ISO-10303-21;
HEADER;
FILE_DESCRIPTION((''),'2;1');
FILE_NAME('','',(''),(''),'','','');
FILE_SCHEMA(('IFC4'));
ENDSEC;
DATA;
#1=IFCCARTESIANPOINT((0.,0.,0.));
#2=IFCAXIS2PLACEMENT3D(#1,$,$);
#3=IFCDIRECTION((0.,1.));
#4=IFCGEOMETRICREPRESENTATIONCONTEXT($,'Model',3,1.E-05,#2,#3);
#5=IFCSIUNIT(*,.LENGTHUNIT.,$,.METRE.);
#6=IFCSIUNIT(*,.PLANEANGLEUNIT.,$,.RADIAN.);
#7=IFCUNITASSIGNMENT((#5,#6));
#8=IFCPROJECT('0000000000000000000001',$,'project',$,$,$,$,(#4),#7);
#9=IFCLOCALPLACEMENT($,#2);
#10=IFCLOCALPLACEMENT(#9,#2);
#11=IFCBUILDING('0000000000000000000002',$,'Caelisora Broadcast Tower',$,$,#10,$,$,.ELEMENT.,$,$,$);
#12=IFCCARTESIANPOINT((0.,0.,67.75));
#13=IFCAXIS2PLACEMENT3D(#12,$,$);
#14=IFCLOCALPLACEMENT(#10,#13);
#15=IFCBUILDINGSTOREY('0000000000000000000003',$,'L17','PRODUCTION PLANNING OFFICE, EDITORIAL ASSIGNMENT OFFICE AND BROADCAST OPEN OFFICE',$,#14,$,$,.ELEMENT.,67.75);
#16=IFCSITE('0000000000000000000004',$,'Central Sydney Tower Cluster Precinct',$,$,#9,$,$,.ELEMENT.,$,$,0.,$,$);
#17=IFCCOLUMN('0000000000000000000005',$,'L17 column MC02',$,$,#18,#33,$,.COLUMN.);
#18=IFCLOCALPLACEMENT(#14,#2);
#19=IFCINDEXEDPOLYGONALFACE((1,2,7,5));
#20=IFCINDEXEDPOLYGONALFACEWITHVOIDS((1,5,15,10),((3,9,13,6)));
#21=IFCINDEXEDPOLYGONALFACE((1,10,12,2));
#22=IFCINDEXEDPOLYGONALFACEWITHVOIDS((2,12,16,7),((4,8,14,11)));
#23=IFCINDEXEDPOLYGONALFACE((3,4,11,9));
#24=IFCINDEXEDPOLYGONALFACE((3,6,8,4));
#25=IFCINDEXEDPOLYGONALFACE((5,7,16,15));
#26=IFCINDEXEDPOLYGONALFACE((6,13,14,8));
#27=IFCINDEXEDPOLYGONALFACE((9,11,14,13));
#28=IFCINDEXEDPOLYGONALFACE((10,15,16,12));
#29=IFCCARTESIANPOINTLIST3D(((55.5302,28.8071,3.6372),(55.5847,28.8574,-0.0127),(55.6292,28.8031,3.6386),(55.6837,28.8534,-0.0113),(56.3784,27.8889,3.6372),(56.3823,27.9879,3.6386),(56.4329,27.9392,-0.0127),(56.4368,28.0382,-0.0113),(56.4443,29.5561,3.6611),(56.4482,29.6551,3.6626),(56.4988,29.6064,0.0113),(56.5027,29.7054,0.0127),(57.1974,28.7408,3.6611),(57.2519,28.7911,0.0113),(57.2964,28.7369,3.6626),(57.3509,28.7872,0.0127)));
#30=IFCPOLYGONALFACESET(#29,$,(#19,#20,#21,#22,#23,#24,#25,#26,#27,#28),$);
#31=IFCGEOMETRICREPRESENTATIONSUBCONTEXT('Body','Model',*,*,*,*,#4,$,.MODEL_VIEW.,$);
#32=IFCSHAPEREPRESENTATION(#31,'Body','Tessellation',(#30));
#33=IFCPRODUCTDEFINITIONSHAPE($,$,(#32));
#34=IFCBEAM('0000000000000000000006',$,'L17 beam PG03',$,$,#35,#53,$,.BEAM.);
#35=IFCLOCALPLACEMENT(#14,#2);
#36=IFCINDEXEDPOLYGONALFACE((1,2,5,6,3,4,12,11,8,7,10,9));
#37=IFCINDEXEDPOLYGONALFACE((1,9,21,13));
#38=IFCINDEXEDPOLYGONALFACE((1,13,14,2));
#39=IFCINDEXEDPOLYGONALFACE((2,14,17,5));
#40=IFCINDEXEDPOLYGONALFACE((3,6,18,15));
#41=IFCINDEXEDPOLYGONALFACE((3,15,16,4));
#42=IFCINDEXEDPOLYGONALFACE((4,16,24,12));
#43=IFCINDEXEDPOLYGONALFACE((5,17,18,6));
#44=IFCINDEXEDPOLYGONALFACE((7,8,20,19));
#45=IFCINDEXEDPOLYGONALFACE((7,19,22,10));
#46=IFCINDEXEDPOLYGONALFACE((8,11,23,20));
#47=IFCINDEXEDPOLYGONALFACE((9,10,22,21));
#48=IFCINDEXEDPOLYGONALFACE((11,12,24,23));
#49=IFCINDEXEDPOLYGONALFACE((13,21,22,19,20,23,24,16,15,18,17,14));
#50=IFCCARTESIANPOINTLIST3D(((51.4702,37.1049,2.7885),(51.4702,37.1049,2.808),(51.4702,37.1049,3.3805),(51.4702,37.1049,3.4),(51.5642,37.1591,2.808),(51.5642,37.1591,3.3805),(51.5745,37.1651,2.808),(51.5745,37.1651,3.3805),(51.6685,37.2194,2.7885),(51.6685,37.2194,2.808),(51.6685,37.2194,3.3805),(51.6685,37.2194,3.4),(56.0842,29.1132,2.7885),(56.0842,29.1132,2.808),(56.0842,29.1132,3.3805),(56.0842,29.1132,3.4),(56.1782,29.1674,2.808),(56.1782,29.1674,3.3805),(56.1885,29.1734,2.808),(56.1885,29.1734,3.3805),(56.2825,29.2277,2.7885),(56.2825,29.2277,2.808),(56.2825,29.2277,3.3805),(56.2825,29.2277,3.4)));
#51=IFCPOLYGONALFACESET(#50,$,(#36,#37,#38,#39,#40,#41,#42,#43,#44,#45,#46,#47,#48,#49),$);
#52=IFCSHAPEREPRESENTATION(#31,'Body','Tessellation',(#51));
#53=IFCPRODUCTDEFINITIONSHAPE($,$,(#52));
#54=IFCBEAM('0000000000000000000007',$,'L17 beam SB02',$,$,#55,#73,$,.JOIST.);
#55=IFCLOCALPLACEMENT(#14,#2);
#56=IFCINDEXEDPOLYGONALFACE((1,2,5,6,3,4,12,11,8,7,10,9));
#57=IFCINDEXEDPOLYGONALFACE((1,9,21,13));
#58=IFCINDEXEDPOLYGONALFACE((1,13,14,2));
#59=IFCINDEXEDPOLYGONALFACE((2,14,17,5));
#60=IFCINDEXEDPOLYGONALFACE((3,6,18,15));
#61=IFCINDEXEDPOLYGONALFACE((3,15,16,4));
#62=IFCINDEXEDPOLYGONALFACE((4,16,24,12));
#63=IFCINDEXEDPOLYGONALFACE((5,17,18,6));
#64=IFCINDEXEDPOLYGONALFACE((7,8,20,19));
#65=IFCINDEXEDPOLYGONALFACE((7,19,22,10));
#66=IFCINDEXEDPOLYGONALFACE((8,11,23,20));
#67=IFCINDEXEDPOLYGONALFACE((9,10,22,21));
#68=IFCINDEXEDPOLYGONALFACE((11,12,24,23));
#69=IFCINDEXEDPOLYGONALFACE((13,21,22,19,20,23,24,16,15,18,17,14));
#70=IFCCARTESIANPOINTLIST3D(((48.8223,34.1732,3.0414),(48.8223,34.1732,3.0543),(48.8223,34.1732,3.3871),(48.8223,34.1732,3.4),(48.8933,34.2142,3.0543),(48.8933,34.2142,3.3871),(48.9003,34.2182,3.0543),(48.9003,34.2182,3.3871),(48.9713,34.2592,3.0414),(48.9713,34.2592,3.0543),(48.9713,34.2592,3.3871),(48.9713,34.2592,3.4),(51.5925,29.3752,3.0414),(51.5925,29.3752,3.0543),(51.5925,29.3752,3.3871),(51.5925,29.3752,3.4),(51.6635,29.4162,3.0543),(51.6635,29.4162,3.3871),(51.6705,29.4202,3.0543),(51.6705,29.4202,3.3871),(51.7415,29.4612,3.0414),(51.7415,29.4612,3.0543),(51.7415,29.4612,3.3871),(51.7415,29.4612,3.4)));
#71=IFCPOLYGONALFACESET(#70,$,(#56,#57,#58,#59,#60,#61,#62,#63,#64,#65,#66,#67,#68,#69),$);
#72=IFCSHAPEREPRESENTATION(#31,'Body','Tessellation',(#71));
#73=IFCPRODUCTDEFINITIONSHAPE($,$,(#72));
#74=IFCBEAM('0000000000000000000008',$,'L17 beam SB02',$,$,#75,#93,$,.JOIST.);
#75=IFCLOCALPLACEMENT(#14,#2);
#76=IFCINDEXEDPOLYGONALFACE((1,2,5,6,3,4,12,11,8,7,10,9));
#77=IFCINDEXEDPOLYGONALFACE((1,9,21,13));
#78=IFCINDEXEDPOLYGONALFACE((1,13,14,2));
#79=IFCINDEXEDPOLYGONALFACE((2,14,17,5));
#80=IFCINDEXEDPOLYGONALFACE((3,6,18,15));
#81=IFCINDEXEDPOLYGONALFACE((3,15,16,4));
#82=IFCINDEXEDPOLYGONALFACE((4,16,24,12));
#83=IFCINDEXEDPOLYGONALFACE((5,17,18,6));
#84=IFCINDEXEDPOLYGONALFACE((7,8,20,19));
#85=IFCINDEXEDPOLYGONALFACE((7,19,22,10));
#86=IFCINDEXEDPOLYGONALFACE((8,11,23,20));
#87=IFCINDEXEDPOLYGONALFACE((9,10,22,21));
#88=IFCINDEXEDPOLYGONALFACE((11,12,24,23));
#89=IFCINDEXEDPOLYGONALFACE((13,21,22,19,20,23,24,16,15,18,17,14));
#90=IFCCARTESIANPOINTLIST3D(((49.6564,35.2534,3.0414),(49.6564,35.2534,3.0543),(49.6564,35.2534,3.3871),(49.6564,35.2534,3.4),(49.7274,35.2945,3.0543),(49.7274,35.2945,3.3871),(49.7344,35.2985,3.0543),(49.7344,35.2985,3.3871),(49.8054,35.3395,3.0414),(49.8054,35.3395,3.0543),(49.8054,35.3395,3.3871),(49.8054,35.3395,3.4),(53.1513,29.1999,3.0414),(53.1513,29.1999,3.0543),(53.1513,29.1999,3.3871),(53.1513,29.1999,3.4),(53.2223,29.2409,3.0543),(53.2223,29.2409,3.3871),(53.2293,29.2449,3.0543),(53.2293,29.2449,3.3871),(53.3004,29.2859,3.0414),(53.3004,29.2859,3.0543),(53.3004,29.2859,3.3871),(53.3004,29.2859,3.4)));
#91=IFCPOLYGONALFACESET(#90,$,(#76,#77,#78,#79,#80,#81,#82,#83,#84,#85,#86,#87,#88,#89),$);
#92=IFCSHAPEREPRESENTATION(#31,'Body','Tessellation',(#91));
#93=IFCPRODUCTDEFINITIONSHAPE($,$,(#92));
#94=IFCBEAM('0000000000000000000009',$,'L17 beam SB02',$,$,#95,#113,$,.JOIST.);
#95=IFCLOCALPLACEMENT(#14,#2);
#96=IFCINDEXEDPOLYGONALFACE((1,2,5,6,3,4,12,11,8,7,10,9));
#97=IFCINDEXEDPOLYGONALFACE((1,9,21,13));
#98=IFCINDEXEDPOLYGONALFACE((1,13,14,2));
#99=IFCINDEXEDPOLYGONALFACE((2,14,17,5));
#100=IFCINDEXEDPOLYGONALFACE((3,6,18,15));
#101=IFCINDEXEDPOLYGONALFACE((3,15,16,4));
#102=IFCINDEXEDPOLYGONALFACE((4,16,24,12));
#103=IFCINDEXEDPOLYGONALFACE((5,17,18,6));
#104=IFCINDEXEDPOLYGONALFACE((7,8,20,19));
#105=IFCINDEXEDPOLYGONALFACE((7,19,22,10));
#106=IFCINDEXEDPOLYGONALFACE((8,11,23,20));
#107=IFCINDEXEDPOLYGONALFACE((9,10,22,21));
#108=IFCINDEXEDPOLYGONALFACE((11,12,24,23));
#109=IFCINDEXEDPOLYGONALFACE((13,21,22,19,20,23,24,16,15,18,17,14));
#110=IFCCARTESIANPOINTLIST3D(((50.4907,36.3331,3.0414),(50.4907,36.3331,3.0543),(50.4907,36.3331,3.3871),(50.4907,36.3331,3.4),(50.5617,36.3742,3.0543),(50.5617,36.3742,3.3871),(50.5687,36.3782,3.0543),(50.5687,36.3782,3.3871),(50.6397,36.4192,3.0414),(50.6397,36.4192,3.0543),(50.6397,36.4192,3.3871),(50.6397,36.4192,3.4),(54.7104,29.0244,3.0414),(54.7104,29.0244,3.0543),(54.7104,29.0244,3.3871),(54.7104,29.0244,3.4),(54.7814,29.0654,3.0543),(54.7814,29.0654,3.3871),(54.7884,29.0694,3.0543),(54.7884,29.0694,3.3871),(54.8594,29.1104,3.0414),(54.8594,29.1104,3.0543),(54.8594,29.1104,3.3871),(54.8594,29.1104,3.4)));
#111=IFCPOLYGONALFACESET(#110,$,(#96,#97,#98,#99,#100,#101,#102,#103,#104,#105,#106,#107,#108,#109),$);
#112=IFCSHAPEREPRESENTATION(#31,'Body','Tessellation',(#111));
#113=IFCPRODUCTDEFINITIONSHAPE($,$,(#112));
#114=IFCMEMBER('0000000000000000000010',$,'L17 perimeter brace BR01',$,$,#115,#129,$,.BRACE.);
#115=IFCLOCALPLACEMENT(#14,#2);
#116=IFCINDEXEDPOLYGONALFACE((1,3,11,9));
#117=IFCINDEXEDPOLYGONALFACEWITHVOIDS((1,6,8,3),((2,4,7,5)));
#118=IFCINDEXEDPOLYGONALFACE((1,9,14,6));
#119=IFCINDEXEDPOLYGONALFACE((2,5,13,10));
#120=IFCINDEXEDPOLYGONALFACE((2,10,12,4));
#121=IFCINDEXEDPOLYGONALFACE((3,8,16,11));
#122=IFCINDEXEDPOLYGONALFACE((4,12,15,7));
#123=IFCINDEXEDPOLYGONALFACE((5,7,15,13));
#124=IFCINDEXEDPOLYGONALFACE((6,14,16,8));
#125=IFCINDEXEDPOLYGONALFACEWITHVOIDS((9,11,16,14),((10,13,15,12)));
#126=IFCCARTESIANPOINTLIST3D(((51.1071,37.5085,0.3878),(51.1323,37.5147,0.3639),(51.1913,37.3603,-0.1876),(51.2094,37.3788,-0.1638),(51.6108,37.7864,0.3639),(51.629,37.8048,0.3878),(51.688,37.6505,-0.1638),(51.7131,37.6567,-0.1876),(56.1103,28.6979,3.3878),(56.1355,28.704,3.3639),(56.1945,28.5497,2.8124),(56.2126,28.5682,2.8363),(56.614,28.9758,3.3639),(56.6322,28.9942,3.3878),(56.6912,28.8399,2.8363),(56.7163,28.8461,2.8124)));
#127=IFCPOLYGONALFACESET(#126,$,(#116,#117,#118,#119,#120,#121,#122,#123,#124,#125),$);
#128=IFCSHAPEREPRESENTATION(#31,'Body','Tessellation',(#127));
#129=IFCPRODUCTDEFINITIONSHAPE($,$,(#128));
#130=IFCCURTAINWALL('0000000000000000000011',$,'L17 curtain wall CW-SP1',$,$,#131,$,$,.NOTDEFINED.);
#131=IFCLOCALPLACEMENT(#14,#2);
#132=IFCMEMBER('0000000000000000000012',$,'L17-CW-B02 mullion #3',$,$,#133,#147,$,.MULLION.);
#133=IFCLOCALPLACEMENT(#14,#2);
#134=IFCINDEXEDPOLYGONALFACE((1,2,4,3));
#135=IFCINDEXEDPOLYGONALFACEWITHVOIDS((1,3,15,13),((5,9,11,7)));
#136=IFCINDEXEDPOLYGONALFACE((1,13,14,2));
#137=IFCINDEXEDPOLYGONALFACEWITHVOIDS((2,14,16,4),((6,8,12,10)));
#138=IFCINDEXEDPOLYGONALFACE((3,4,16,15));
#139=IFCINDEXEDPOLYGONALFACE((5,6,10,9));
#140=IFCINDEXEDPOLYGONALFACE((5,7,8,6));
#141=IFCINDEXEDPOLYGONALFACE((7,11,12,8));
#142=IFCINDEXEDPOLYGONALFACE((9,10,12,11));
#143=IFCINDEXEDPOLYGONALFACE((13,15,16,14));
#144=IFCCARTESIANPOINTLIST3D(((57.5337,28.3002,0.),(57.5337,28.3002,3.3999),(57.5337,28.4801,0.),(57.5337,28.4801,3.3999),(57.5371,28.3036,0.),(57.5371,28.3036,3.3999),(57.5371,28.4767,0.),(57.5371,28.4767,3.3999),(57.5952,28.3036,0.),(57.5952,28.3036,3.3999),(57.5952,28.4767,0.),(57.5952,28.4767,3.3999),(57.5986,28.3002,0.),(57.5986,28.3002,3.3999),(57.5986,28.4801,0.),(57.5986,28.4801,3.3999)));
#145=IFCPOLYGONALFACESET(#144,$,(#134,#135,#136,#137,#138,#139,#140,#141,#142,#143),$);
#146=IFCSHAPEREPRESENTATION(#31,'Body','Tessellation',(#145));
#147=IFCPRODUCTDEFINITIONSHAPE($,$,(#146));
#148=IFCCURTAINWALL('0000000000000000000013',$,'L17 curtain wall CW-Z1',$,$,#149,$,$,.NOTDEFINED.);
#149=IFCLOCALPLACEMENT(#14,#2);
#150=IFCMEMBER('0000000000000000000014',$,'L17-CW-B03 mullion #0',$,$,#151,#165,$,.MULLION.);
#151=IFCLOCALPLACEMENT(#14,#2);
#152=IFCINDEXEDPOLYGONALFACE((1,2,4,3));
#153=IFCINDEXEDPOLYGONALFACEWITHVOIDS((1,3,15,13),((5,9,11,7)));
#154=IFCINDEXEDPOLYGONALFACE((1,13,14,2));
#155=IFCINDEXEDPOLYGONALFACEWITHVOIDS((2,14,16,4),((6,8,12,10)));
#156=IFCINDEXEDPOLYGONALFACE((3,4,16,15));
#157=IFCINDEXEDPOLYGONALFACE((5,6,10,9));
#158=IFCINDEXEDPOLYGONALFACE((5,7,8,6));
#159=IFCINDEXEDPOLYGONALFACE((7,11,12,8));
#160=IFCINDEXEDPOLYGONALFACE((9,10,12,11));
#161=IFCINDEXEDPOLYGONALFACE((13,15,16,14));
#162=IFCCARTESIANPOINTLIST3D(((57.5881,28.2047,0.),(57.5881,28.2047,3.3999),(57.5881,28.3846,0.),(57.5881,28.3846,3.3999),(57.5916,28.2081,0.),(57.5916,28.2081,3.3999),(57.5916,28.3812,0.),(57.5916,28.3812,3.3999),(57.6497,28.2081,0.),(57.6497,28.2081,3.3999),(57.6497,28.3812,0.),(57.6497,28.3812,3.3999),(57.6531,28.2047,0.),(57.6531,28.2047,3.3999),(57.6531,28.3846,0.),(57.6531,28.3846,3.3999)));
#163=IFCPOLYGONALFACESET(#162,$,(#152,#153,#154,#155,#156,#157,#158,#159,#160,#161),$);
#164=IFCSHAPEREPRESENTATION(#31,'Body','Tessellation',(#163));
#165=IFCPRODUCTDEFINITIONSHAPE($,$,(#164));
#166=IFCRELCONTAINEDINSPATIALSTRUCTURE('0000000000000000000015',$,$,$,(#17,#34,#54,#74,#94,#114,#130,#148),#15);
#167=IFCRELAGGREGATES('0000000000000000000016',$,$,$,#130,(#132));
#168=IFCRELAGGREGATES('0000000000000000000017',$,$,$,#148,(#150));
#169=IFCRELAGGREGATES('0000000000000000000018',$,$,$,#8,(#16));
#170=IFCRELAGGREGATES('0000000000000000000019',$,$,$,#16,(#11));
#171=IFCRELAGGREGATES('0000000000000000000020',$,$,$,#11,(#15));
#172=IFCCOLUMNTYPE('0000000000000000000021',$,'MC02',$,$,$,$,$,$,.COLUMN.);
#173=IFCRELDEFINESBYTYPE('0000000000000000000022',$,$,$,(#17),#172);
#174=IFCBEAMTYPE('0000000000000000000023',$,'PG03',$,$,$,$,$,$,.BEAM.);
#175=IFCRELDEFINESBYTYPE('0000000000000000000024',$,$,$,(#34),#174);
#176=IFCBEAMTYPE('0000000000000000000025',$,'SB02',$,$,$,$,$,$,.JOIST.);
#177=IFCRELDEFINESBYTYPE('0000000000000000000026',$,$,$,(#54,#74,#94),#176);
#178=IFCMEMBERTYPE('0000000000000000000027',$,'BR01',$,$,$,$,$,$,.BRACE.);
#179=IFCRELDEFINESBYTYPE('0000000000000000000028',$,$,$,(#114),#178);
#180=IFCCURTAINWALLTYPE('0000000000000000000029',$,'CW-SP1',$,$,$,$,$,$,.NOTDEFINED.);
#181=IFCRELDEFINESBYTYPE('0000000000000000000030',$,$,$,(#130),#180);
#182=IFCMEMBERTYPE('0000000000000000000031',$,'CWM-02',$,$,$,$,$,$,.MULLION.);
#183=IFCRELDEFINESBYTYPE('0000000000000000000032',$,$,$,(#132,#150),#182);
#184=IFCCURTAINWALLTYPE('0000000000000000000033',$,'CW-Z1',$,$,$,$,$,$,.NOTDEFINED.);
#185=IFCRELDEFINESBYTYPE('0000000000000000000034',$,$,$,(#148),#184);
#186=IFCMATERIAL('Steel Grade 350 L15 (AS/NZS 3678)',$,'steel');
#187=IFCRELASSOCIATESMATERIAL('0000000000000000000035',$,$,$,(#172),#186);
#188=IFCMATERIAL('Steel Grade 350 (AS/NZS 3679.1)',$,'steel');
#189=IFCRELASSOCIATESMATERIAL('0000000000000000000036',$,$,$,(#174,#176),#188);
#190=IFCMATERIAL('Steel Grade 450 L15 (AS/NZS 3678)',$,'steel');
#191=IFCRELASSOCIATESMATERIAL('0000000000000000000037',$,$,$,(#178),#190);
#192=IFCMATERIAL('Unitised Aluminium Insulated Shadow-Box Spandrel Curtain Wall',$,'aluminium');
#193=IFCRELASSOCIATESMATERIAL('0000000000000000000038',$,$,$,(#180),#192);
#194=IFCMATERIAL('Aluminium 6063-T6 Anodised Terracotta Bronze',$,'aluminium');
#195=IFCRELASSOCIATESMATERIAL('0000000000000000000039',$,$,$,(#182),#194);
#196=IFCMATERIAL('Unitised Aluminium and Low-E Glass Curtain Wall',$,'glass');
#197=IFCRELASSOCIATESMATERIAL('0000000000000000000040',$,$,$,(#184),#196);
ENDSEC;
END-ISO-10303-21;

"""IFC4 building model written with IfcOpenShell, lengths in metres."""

from ifc_helpers import new_model, si_unit, direction, frame, origin, origin_2d, place, context, subcontext, project, spatial, hollow_rectangle, i_section, extrude, source, transform, mapped, material, material_profile, profile_set, type_object, type_shapes, element, aggregate, save


model = new_model("IFC4")

# Units and contexts
model_context = context("Model", 3, precision=1e-05, world=origin(), true_north=direction((0.0, 1.0)))
body_context = subcontext(model_context, "Body", "Model", "MODEL_VIEW")
ifc_project = project(units=[si_unit("LENGTHUNIT", "METRE"), si_unit("PLANEANGLEUNIT", "RADIAN")], contexts=[model_context])

# Site, building, storey
site_placement = place(None, origin())
site = spatial("IfcSite", under=ifc_project, at=site_placement, Name="Central Sydney Tower Cluster Precinct", CompositionType="ELEMENT", RefElevation=0.0)
building_placement = place(site_placement, origin())
building = spatial("IfcBuilding", under=site, at=building_placement, Name="Caelisora Broadcast Tower", CompositionType="ELEMENT")
storey_placement = place(building_placement, frame((0.0, 0.0, 67.75)))
storey = spatial("IfcBuildingStorey", under=building, at=storey_placement, Name="L17", Description="PRODUCTION PLANNING OFFICE, EDITORIAL ASSIGNMENT OFFICE AND BROADCAST OPEN OFFICE", CompositionType="ELEMENT", Elevation=67.75)

# Column
ifc_material_1 = material(Name="Steel Grade 350 L15 (AS/NZS 3678)", Category="steel")
ifc_material_profile_1 = material_profile(ifc_material_1, hollow_rectangle(XDim=1.25, YDim=1.25, WallThickness=0.0701, at=origin_2d()), Name="Steel Grade 350 L15 (AS/NZS 3678)")
ifc_profile_set_1 = profile_set([ifc_material_profile_1], Name="Steel Grade 350 L15 (AS/NZS 3678)")
column_type = type_object("IfcColumnType", Name="MC02", PredefinedType="COLUMN", material=ifc_profile_set_1)
shared_shape_1 = source(origin(), body_context, "Body", "SweptSolid", [
    extrude(hollow_rectangle(XDim=1.25, YDim=1.25, WallThickness=0.0701, at=origin_2d()), origin(), (0.0, 0.0, 1.0), 3.6506),
])
type_shapes(column_type, [shared_shape_1])
column_placement = place(storey_placement, frame((56.4678, 28.8223, 0.0), z_axis=(-0.014913, -0.013776, 0.999794), x_axis=(0.678554, -0.734551, 0.0)))
element("IfcColumn", 1, at=column_placement, inside=storey, type_object=column_type, Name="L17 column MC02", PredefinedType="COLUMN", context=body_context, shape_type="MappedRepresentation", body=[
    mapped(shared_shape_1, transform((0.0, 0.0, 0.0), scale=1.0)),
])

# Beams
ifc_material_2 = material(Name="Steel Grade 350 (AS/NZS 3679.1)", Category="steel")
ifc_material_profile_2 = material_profile(ifc_material_2, i_section(OverallWidth=0.229, OverallDepth=0.6116, WebThickness=0.012, FlangeThickness=0.0195, at=origin_2d()), Name="Steel Grade 350 (AS/NZS 3679.1)")
ifc_profile_set_2 = profile_set([ifc_material_profile_2], Name="Steel Grade 350 (AS/NZS 3679.1)")
beam_type_1 = type_object("IfcBeamType", Name="PG03", PredefinedType="BEAM", material=ifc_profile_set_2)
shared_shape_2 = source(origin(), body_context, "Body", "SweptSolid", [
    extrude(i_section(OverallWidth=0.229, OverallDepth=0.6116, WebThickness=0.012, FlangeThickness=0.0195, at=origin_2d()), origin(), (0.0, 0.0, 1.0), 9.228),
])
type_shapes(beam_type_1, [shared_shape_2])
beam_1_placement = place(storey_placement, frame((56.1833, 29.1704, 3.0942), z_axis=(-0.5, 0.866025, 0.0), x_axis=(-0.866025, -0.5, 0.0)))
element("IfcBeam", 2, at=beam_1_placement, inside=storey, type_object=beam_type_1, Name="L17 beam PG03", PredefinedType="BEAM", context=body_context, shape_type="MappedRepresentation", body=[
    mapped(shared_shape_2, transform((0.0, 0.0, 0.0), scale=1.0)),
])
ifc_material_profile_3 = material_profile(ifc_material_2, i_section(OverallWidth=0.1721, OverallDepth=0.3586, WebThickness=0.0081, FlangeThickness=0.0129, at=origin_2d()), Name="Steel Grade 350 (AS/NZS 3679.1)")
ifc_profile_set_3 = profile_set([ifc_material_profile_3], Name="Steel Grade 350 (AS/NZS 3679.1)")
beam_type_2 = type_object("IfcBeamType", Name="SB02", PredefinedType="JOIST", material=ifc_profile_set_3)
shared_shape_3 = source(origin(), body_context, "Body", "SweptSolid", [
    extrude(i_section(OverallWidth=0.1721, OverallDepth=0.3586, WebThickness=0.0081, FlangeThickness=0.0129, at=origin_2d()), origin(), (0.0, 0.0, 1.0), 5.5403),
])
beam_2_placement = place(storey_placement, frame((51.667, 29.4182, 3.2207), z_axis=(-0.500011, 0.866019, 0.0), x_axis=(-0.866019, -0.500011, 0.0)))
element("IfcBeam", 3, at=beam_2_placement, inside=storey, type_object=beam_type_2, Name="L17 beam SB02", PredefinedType="JOIST", context=body_context, shape_type="MappedRepresentation", body=[
    mapped(shared_shape_3, transform((0.0, 0.0, 0.0), scale=1.0)),
])
shared_shape_4 = source(origin(), body_context, "Body", "SweptSolid", [
    extrude(i_section(OverallWidth=0.1721, OverallDepth=0.3586, WebThickness=0.0081, FlangeThickness=0.0129, at=origin_2d()), origin(), (0.0, 0.0, 1.0), 6.99),
])
beam_3_placement = place(storey_placement, frame((53.2258, 29.2429, 3.2207), z_axis=(-0.49999, 0.866031, 0.0), x_axis=(-0.866031, -0.49999, 0.0)))
element("IfcBeam", 4, at=beam_3_placement, inside=storey, type_object=beam_type_2, Name="L17 beam SB02", PredefinedType="JOIST", context=body_context, shape_type="MappedRepresentation", body=[
    mapped(shared_shape_4, transform((0.0, 0.0, 0.0), scale=1.0)),
])
shared_shape_5 = source(origin(), body_context, "Body", "SweptSolid", [
    extrude(i_section(OverallWidth=0.1721, OverallDepth=0.3586, WebThickness=0.0081, FlangeThickness=0.0129, at=origin_2d()), origin(), (0.0, 0.0, 1.0), 8.4395),
])
type_shapes(beam_type_2, [shared_shape_3, shared_shape_4, shared_shape_5])
beam_4_placement = place(storey_placement, frame((54.7849, 29.0674, 3.2207), z_axis=(-0.499997, 0.866027, 0.0), x_axis=(-0.866027, -0.499997, 0.0)))
element("IfcBeam", 5, at=beam_4_placement, inside=storey, type_object=beam_type_2, Name="L17 beam SB02", PredefinedType="JOIST", context=body_context, shape_type="MappedRepresentation", body=[
    mapped(shared_shape_5, transform((0.0, 0.0, 0.0), scale=1.0)),
])

# Member
ifc_material_3 = material(Name="Steel Grade 450 L15 (AS/NZS 3678)", Category="steel")
ifc_material_profile_4 = material_profile(ifc_material_3, hollow_rectangle(XDim=0.6001, YDim=0.6001, WallThickness=0.0249, at=origin_2d()), Name="Steel Grade 450 L15 (AS/NZS 3678)")
ifc_profile_set_4 = profile_set([ifc_material_profile_4], Name="Steel Grade 450 L15 (AS/NZS 3678)")
member_type_1 = type_object("IfcMemberType", Name="BR01", PredefinedType="BRACE", material=ifc_profile_set_4)
shared_shape_6 = source(origin(), body_context, "Body", "SweptSolid", [
    extrude(hollow_rectangle(XDim=0.6001, YDim=0.6001, WallThickness=0.0249, at=origin_2d()), origin(), (0.0, 0.0, 1.0), 10.5669),
])
type_shapes(member_type_1, [shared_shape_6])
member_1_placement = place(storey_placement, frame((56.4133, 28.772, 3.1001), z_axis=(-0.47348, 0.833794, -0.283908), x_axis=(-0.869576, -0.493799, 0.0)))
element("IfcMember", 6, at=member_1_placement, inside=storey, type_object=member_type_1, Name="L17 perimeter brace BR01", PredefinedType="BRACE", context=body_context, shape_type="MappedRepresentation", body=[
    mapped(shared_shape_6, transform((0.0, 0.0, 0.0), scale=1.0)),
])

# Curtain wall, member
ifc_material_4 = material(Name="Unitised Aluminium Insulated Shadow-Box Spandrel Curtain Wall", Category="aluminium")
curtain_wall_type_1 = type_object("IfcCurtainWallType", Name="CW-SP1", PredefinedType="NOTDEFINED", material=ifc_material_4)
curtain_wall_1_placement = place(storey_placement, origin())
curtain_wall_1 = element("IfcCurtainWall", 7, at=curtain_wall_1_placement, inside=storey, type_object=curtain_wall_type_1, Name="L17 curtain wall CW-SP1", PredefinedType="NOTDEFINED")
ifc_material_5 = material(Name="Aluminium 6063-T6 Anodised Terracotta Bronze", Category="aluminium")
ifc_material_profile_5 = material_profile(ifc_material_5, hollow_rectangle(XDim=0.0649, YDim=0.1799, WallThickness=0.0034, at=origin_2d()), Name="Aluminium 6063-T6 Anodised Terracotta Bronze")
ifc_profile_set_5 = profile_set([ifc_material_profile_5], Name="Aluminium 6063-T6 Anodised Terracotta Bronze")
member_type_2 = type_object("IfcMemberType", Name="CWM-02", PredefinedType="MULLION", material=ifc_profile_set_5)
shared_shape_7 = source(origin(), body_context, "Body", "SweptSolid", [
    extrude(hollow_rectangle(XDim=0.0649, YDim=0.1799, WallThickness=0.0034, at=origin_2d()), origin(), (0.0, 0.0, 1.0), 3.3999),
])
type_shapes(member_type_2, [shared_shape_7])
member_2_placement = place(storey_placement, frame((57.5662, 28.3901, 0.0), z_axis=(0.0, 0.0, 1.0), x_axis=(1.0, 0.0, 0.0)))
member_2 = element("IfcMember", 8, at=member_2_placement, type_object=member_type_2, Name="L17-CW-B02 mullion #3", PredefinedType="MULLION", context=body_context, shape_type="MappedRepresentation", body=[
    mapped(shared_shape_7, transform((0.0, 0.0, 0.0), scale=1.0)),
])
aggregate(curtain_wall_1, [member_2])

# Curtain wall, member
ifc_material_6 = material(Name="Unitised Aluminium and Low-E Glass Curtain Wall", Category="glass")
curtain_wall_type_2 = type_object("IfcCurtainWallType", Name="CW-Z1", PredefinedType="NOTDEFINED", material=ifc_material_6)
curtain_wall_2_placement = place(storey_placement, origin())
curtain_wall_2 = element("IfcCurtainWall", 9, at=curtain_wall_2_placement, inside=storey, type_object=curtain_wall_type_2, Name="L17 curtain wall CW-Z1", PredefinedType="NOTDEFINED")
member_3_placement = place(storey_placement, frame((57.6206, 28.2947, 0.0), z_axis=(0.0, 0.0, 1.0), x_axis=(1.0, 0.0, 0.0)))
member_3 = element("IfcMember", 10, at=member_3_placement, type_object=member_type_2, Name="L17-CW-B03 mullion #0", PredefinedType="MULLION", context=body_context, shape_type="MappedRepresentation", body=[
    mapped(shared_shape_7, transform((0.0, 0.0, 0.0), scale=1.0)),
])

aggregate(curtain_wall_2, [member_3])

save(model, "model.ifc")
